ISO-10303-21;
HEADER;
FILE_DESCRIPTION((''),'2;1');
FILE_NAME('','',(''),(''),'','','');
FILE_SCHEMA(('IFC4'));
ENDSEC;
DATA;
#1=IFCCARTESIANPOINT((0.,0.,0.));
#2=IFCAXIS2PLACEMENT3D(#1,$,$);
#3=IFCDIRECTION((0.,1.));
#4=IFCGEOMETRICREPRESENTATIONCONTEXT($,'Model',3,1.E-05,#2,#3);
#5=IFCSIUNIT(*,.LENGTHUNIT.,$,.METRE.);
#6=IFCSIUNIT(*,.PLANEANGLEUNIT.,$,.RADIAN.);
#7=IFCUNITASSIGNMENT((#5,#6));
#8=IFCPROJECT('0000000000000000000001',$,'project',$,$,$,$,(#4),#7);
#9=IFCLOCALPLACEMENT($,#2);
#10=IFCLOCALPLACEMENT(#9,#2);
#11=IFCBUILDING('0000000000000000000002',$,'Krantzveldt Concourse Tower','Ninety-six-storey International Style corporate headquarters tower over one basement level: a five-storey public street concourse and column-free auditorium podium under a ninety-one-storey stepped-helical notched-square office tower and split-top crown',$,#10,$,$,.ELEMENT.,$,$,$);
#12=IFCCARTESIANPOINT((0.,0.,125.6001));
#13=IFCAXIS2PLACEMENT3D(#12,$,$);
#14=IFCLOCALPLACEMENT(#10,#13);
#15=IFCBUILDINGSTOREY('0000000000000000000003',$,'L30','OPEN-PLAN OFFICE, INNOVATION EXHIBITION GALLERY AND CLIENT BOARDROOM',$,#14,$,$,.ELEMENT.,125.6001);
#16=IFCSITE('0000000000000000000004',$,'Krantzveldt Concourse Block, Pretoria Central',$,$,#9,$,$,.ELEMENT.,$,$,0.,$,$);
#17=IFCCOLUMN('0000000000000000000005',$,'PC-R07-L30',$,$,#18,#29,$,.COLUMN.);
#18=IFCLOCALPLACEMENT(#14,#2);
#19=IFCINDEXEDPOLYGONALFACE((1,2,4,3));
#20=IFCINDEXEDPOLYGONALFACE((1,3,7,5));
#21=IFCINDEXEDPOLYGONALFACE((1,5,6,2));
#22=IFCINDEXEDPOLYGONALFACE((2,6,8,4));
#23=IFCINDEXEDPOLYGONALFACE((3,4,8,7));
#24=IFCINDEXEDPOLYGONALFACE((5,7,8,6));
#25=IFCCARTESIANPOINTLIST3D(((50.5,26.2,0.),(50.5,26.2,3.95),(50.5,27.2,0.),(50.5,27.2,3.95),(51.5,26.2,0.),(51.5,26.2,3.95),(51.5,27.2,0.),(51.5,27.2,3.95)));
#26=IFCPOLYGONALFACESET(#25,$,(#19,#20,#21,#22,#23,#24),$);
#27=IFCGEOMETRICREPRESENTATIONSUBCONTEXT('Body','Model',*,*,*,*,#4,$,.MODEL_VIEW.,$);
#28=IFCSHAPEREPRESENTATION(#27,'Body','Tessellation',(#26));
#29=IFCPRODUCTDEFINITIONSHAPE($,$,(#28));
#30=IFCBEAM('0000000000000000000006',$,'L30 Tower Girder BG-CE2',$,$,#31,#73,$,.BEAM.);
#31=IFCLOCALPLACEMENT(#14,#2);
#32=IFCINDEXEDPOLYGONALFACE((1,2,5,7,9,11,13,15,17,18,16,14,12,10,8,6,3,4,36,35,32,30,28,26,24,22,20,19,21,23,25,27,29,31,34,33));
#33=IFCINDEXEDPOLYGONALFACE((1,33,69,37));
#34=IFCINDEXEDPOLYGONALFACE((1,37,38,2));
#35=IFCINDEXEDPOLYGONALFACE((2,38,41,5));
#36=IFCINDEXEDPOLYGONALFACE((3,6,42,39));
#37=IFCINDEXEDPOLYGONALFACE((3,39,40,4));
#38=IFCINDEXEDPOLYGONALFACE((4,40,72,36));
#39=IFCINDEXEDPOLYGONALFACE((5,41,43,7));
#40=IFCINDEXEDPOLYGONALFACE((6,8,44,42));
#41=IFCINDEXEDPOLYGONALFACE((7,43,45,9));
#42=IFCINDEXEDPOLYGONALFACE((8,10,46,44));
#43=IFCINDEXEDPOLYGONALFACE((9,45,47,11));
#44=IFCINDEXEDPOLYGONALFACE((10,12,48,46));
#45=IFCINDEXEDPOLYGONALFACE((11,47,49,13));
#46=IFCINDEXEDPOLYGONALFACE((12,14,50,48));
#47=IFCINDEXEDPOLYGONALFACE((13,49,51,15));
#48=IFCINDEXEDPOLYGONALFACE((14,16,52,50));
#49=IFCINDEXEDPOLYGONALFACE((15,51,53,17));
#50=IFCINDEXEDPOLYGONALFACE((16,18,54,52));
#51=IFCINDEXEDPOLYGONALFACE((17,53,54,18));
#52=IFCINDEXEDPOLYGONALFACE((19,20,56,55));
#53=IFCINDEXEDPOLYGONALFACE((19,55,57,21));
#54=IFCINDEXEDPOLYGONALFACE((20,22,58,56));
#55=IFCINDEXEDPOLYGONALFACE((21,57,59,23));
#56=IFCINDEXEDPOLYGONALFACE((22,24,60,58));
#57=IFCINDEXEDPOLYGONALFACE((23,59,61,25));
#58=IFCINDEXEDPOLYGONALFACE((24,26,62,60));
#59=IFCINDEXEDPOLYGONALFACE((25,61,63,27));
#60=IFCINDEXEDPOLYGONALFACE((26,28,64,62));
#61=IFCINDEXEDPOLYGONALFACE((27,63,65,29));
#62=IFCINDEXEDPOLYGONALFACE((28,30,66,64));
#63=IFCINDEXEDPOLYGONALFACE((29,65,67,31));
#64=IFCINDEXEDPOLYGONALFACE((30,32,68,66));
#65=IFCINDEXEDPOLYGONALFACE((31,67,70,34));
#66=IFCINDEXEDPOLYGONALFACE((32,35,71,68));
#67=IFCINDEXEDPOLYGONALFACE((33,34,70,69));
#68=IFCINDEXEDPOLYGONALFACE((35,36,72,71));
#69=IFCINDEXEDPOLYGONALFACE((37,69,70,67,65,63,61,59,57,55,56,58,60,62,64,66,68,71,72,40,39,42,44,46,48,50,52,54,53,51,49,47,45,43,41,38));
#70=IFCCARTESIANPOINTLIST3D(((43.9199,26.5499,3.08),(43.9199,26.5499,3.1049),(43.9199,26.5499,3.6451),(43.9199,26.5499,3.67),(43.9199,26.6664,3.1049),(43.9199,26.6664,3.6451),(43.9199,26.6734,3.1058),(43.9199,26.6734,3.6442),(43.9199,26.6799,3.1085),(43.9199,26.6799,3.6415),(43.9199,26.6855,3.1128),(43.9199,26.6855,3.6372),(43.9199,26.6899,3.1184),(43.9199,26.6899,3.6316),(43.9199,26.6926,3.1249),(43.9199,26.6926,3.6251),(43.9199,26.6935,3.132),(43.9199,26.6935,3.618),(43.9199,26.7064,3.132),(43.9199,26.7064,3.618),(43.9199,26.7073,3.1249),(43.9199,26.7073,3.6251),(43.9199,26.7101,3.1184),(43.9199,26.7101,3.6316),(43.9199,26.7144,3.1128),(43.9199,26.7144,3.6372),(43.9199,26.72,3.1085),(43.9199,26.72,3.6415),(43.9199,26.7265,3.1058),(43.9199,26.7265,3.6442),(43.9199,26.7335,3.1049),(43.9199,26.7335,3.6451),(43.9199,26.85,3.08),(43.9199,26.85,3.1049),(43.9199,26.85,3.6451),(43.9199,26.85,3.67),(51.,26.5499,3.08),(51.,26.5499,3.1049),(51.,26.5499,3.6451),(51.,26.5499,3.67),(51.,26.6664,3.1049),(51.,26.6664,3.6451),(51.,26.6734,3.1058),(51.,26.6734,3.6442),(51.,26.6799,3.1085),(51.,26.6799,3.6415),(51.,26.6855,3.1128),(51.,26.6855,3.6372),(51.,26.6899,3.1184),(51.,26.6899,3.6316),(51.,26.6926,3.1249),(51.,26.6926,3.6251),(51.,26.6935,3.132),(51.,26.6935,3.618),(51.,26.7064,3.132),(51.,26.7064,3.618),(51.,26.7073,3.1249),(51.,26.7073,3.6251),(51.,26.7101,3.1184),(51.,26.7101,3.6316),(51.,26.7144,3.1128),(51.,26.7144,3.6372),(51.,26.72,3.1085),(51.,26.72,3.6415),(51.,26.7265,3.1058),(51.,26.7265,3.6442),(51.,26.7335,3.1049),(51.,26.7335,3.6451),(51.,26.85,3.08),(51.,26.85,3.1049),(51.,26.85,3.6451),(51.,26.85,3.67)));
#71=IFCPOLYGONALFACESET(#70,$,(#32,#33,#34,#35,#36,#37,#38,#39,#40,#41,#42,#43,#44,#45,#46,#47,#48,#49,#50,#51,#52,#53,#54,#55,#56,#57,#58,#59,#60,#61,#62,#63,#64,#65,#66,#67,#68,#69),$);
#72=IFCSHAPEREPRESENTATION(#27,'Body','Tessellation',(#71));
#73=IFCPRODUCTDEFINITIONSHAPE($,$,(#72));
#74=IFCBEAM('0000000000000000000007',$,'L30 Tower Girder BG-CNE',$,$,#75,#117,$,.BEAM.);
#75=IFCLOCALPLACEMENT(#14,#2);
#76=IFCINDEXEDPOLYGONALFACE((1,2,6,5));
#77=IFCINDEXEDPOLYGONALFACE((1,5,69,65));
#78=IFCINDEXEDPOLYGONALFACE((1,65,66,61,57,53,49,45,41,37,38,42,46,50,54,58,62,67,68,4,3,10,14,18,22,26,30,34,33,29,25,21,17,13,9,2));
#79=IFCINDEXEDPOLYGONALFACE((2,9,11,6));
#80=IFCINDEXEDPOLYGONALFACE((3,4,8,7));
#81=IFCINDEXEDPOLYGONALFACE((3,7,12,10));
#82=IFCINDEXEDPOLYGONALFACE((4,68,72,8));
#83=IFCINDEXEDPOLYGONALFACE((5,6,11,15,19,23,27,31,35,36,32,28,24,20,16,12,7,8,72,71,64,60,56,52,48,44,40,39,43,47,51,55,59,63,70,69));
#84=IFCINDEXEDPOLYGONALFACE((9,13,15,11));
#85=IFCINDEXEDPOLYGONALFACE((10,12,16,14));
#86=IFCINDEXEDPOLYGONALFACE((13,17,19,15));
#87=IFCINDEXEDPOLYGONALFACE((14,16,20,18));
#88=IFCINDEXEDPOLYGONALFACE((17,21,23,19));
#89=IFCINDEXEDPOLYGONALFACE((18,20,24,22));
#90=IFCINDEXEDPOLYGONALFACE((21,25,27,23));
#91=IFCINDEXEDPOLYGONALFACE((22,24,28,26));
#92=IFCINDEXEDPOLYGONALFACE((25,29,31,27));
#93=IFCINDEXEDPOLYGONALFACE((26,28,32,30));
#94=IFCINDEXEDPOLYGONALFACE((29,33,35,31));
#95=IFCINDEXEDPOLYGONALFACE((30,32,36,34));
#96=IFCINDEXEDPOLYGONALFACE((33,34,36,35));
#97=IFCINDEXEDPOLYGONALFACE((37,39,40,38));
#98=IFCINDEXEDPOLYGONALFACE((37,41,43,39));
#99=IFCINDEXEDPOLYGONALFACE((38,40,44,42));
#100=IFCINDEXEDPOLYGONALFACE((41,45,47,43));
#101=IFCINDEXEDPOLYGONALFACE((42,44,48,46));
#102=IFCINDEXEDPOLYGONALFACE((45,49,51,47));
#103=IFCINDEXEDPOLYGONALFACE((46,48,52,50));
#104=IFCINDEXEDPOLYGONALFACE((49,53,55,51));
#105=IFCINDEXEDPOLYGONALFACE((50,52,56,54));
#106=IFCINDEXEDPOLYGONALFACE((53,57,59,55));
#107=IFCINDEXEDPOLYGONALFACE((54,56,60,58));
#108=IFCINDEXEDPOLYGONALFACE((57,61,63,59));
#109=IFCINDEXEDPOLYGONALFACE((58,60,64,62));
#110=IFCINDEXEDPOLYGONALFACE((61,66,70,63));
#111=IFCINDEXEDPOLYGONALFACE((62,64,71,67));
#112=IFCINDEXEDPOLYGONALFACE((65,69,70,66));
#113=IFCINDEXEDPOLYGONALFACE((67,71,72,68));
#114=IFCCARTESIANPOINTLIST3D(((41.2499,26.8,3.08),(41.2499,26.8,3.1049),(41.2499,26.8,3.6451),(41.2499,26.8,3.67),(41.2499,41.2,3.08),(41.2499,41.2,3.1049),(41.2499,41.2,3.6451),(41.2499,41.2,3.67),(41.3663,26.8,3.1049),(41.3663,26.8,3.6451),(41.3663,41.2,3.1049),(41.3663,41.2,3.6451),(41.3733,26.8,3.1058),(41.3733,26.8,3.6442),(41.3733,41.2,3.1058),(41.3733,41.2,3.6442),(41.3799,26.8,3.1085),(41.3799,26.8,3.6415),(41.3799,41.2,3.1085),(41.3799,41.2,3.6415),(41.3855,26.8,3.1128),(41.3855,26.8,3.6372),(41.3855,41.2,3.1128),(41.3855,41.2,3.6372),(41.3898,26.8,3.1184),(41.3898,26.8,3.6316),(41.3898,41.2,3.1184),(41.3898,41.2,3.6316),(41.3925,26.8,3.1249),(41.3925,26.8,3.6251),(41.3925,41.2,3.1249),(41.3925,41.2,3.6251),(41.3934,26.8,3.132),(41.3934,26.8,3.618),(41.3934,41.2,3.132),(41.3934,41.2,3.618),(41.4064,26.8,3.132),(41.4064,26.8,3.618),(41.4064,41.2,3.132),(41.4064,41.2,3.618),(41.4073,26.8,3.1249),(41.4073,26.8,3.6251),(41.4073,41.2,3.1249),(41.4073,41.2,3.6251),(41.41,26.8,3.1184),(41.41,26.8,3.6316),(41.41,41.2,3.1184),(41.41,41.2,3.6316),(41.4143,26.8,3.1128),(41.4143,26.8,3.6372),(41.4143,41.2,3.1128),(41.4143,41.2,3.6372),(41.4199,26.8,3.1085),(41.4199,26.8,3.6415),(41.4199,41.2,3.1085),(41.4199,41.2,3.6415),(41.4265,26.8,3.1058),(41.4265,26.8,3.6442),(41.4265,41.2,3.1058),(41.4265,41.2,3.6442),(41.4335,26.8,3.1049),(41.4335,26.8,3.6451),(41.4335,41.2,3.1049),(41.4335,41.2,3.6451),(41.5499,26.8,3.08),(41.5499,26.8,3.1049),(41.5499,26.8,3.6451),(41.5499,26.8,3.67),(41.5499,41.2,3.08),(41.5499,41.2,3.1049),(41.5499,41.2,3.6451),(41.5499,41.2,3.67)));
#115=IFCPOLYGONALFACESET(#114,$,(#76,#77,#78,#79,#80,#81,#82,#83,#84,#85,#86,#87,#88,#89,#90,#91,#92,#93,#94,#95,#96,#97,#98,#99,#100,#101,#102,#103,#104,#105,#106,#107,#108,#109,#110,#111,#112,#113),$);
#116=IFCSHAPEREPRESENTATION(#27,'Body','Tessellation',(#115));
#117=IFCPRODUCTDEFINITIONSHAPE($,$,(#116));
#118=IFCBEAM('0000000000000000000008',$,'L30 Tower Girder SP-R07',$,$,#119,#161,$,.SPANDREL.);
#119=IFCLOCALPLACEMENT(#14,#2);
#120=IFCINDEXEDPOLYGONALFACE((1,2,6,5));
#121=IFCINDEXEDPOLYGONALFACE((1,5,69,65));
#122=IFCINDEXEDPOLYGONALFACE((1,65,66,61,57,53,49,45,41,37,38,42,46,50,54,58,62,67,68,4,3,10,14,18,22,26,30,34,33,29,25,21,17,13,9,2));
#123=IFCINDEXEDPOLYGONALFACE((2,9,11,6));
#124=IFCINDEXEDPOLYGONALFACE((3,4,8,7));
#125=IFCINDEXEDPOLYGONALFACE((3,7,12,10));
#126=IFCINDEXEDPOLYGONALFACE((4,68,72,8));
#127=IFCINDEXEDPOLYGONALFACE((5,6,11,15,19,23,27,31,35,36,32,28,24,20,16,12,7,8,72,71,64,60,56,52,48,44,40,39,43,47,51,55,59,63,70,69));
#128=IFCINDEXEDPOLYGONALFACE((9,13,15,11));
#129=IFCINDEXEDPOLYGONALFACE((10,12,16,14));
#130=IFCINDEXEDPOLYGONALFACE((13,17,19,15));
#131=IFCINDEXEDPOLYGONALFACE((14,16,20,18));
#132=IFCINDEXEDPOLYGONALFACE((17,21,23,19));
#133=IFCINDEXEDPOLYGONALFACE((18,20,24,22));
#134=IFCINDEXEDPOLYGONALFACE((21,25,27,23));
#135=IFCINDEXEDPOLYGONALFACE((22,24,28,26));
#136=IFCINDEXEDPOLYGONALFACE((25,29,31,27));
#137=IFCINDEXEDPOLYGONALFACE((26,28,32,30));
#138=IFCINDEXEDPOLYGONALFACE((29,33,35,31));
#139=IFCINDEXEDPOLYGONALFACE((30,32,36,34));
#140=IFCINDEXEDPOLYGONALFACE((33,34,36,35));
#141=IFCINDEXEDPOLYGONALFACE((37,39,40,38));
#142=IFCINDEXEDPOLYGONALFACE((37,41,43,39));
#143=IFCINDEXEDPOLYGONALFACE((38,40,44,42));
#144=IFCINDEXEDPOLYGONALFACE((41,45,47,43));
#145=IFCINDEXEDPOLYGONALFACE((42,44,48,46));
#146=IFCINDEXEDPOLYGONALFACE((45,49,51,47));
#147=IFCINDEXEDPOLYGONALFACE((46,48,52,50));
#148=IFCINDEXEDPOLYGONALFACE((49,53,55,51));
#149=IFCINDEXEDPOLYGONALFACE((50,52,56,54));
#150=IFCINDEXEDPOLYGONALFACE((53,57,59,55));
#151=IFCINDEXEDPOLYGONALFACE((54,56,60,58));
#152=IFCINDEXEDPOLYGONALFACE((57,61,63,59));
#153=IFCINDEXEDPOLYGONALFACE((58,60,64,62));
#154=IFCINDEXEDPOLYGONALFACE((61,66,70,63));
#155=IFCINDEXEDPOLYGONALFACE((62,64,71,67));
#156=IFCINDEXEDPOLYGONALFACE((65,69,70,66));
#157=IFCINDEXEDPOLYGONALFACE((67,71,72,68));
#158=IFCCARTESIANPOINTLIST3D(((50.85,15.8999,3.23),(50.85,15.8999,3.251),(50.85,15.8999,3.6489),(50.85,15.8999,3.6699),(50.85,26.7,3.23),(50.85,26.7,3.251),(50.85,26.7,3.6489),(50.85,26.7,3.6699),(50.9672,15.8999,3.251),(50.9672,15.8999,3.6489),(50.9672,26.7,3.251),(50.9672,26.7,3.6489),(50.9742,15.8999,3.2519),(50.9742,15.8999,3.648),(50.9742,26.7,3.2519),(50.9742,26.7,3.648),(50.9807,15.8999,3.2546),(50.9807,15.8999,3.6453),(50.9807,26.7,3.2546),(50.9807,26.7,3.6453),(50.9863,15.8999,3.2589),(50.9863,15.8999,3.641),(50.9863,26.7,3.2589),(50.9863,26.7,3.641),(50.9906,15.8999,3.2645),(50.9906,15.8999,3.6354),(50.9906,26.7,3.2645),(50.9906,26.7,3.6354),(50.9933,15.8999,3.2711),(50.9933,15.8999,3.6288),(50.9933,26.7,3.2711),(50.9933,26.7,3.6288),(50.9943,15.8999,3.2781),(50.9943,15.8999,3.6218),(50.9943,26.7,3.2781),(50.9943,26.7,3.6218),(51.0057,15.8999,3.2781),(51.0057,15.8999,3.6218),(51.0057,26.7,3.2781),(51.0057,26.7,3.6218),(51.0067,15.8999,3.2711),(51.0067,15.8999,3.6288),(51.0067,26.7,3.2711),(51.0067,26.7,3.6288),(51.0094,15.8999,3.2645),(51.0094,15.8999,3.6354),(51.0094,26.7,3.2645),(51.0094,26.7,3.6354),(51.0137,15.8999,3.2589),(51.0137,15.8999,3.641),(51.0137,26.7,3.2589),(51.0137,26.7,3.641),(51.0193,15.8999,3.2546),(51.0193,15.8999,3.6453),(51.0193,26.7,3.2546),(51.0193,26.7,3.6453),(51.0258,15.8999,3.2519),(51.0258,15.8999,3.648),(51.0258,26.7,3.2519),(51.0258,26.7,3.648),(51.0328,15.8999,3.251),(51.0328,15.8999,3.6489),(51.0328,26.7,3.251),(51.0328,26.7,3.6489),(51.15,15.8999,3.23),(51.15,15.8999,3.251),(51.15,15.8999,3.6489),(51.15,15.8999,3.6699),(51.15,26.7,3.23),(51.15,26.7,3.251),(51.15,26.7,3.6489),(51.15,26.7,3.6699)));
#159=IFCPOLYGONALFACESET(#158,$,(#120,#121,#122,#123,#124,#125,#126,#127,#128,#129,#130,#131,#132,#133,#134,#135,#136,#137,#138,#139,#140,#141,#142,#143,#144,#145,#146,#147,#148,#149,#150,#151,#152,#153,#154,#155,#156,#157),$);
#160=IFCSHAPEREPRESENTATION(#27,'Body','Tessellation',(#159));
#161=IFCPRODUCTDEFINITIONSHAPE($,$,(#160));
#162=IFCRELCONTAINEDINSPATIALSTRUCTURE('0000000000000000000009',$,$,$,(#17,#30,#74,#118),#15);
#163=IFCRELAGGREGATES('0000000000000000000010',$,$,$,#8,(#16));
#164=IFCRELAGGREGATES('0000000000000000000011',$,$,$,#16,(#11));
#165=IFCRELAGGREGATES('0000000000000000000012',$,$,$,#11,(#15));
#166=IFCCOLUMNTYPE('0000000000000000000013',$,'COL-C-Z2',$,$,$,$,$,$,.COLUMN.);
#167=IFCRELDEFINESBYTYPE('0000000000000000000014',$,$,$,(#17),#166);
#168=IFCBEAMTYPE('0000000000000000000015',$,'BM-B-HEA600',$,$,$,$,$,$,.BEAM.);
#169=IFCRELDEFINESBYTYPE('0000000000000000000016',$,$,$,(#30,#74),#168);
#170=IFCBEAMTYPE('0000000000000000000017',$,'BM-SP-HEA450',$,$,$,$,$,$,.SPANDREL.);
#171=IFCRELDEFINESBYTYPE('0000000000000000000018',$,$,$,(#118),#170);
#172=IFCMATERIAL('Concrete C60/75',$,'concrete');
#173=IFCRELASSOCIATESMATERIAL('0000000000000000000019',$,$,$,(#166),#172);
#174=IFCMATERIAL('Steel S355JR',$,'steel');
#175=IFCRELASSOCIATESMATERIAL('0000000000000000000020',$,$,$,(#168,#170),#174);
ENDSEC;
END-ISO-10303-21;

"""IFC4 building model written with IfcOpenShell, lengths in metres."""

from ifc_helpers import new_model, si_unit, direction, frame, origin, origin_2d, place, context, subcontext, project, spatial, rectangle, i_section, extrude, source, transform, mapped, material, material_profile, profile_set, type_object, type_shapes, element, save


model = new_model("IFC4")

# Units and contexts
model_context = context("Model", 3, precision=1e-05, world=origin(), true_north=direction((0.0, 1.0)))
body_context = subcontext(model_context, "Body", "Model", "MODEL_VIEW")
ifc_project = project(units=[si_unit("LENGTHUNIT", "METRE"), si_unit("PLANEANGLEUNIT", "RADIAN")], contexts=[model_context])

# Site, building, storey
site_placement = place(None, origin())
site = spatial("IfcSite", under=ifc_project, at=site_placement, Name="Krantzveldt Concourse Block, Pretoria Central", CompositionType="ELEMENT", RefElevation=0.0)
building_placement = place(site_placement, origin())
building = spatial("IfcBuilding", under=site, at=building_placement, Name="Krantzveldt Concourse Tower", Description="Ninety-six-storey International Style corporate headquarters tower over one basement level: a five-storey public street concourse and column-free auditorium podium under a ninety-one-storey stepped-helical notched-square office tower and split-top crown", CompositionType="ELEMENT")
storey_placement = place(building_placement, frame((0.0, 0.0, 125.6001)))
storey = spatial("IfcBuildingStorey", under=building, at=storey_placement, Name="L30", Description="OPEN-PLAN OFFICE, INNOVATION EXHIBITION GALLERY AND CLIENT BOARDROOM", CompositionType="ELEMENT", Elevation=125.6001)

# Column
ifc_material_1 = material(Name="Concrete C60/75", Category="concrete")
ifc_material_profile_1 = material_profile(ifc_material_1, rectangle(XDim=1.0, YDim=1.0, at=origin_2d()), Name="Concrete C60/75", Category="concrete")
ifc_profile_set_1 = profile_set([ifc_material_profile_1], Name="Concrete C60/75 - RC 1000x1000")
column_type = type_object("IfcColumnType", Name="COL-C-Z2", PredefinedType="COLUMN", material=ifc_profile_set_1)
shared_shape_1 = source(origin(), body_context, "Body", "SweptSolid", [
    extrude(rectangle(XDim=1.0, YDim=1.0, at=origin_2d()), origin(), (0.0, 0.0, 1.0), 3.95),
])
type_shapes(column_type, [shared_shape_1])
column_placement = place(storey_placement, frame((51.0, 26.7, 0.0), z_axis=(0.0, 0.0, 1.0), x_axis=(1.0, 0.0, 0.0)))
element("IfcColumn", 1, at=column_placement, inside=storey, type_object=column_type, Name="PC-R07-L30", PredefinedType="COLUMN", context=body_context, shape_type="MappedRepresentation", body=[
    mapped(shared_shape_1, transform((0.0, 0.0, 0.0), x_axis=(1.0, 0.0, 0.0), y_axis=(0.0, 1.0, 0.0), z_axis=(0.0, 0.0, 1.0), scale=1.0)),
])

# Beams
ifc_material_2 = material(Name="Steel S355JR", Category="steel")
ifc_material_profile_2 = material_profile(ifc_material_2, i_section(OverallWidth=0.3, OverallDepth=0.5901, WebThickness=0.0129, FlangeThickness=0.0249, FilletRadius=0.0271, at=origin_2d()), Name="Steel S355JR", Category="steel")
ifc_profile_set_2 = profile_set([ifc_material_profile_2], Name="Steel S355JR - HEA 600")
beam_type_1 = type_object("IfcBeamType", Name="BM-B-HEA600", PredefinedType="BEAM", material=ifc_profile_set_2)
shared_shape_2 = source(origin(), body_context, "Body", "SweptSolid", [
    extrude(i_section(OverallWidth=0.3, OverallDepth=0.5901, WebThickness=0.0129, FlangeThickness=0.0249, FilletRadius=0.0271, at=origin_2d()), origin(), (0.0, 0.0, 1.0), 7.0801),
])
beam_1_placement = place(storey_placement, frame((43.9199, 26.7, 3.375), z_axis=(1.0, 0.0, 0.0), x_axis=(0.0, 1.0, 0.0)))
element("IfcBeam", 2, at=beam_1_placement, inside=storey, type_object=beam_type_1, Name="L30 Tower Girder BG-CE2", PredefinedType="BEAM", context=body_context, shape_type="MappedRepresentation", body=[
    mapped(shared_shape_2, transform((0.0, 0.0, 0.0), x_axis=(1.0, 0.0, 0.0), y_axis=(0.0, 1.0, 0.0), z_axis=(0.0, 0.0, 1.0), scale=1.0)),
])
shared_shape_3 = source(origin(), body_context, "Body", "SweptSolid", [
    extrude(i_section(OverallWidth=0.3, OverallDepth=0.5901, WebThickness=0.0129, FlangeThickness=0.0249, FilletRadius=0.0271, at=origin_2d()), origin(), (0.0, 0.0, 1.0), 14.3999),
])
type_shapes(beam_type_1, [shared_shape_2, shared_shape_3])
beam_2_placement = place(storey_placement, frame((41.3999, 26.8, 3.375), z_axis=(0.0, 1.0, 0.0), x_axis=(-1.0, 0.0, 0.0)))
element("IfcBeam", 3, at=beam_2_placement, inside=storey, type_object=beam_type_1, Name="L30 Tower Girder BG-CNE", PredefinedType="BEAM", context=body_context, shape_type="MappedRepresentation", body=[
    mapped(shared_shape_3, transform((0.0, 0.0, 0.0), x_axis=(1.0, 0.0, 0.0), y_axis=(0.0, 1.0, 0.0), z_axis=(0.0, 0.0, 1.0), scale=1.0)),
])
ifc_material_profile_3 = material_profile(ifc_material_2, i_section(OverallWidth=0.3, OverallDepth=0.4399, WebThickness=0.0115, FlangeThickness=0.021, FilletRadius=0.0271, at=origin_2d()), Name="Steel S355JR", Category="steel")
ifc_profile_set_3 = profile_set([ifc_material_profile_3], Name="Steel S355JR - HEA 450")
beam_type_2 = type_object("IfcBeamType", Name="BM-SP-HEA450", PredefinedType="SPANDREL", material=ifc_profile_set_3)
shared_shape_4 = source(origin(), body_context, "Body", "SweptSolid", [
    extrude(i_section(OverallWidth=0.3, OverallDepth=0.4399, WebThickness=0.0115, FlangeThickness=0.021, FilletRadius=0.0271, at=origin_2d()), origin(), (0.0, 0.0, 1.0), 10.8),
])
type_shapes(beam_type_2, [shared_shape_4])
beam_3_placement = place(storey_placement, frame((51.0, 26.7, 3.45), z_axis=(0.0, -1.0, 0.0), x_axis=(1.0, 0.0, 0.0)))
element("IfcBeam", 4, at=beam_3_placement, inside=storey, type_object=beam_type_2, Name="L30 Tower Girder SP-R07", PredefinedType="SPANDREL", context=body_context, shape_type="MappedRepresentation", body=[
    mapped(shared_shape_4, transform((0.0, 0.0, 0.0), x_axis=(1.0, 0.0, 0.0), y_axis=(0.0, 1.0, 0.0), z_axis=(0.0, 0.0, 1.0), scale=1.0)),
])

save(model, "model.ifc")
